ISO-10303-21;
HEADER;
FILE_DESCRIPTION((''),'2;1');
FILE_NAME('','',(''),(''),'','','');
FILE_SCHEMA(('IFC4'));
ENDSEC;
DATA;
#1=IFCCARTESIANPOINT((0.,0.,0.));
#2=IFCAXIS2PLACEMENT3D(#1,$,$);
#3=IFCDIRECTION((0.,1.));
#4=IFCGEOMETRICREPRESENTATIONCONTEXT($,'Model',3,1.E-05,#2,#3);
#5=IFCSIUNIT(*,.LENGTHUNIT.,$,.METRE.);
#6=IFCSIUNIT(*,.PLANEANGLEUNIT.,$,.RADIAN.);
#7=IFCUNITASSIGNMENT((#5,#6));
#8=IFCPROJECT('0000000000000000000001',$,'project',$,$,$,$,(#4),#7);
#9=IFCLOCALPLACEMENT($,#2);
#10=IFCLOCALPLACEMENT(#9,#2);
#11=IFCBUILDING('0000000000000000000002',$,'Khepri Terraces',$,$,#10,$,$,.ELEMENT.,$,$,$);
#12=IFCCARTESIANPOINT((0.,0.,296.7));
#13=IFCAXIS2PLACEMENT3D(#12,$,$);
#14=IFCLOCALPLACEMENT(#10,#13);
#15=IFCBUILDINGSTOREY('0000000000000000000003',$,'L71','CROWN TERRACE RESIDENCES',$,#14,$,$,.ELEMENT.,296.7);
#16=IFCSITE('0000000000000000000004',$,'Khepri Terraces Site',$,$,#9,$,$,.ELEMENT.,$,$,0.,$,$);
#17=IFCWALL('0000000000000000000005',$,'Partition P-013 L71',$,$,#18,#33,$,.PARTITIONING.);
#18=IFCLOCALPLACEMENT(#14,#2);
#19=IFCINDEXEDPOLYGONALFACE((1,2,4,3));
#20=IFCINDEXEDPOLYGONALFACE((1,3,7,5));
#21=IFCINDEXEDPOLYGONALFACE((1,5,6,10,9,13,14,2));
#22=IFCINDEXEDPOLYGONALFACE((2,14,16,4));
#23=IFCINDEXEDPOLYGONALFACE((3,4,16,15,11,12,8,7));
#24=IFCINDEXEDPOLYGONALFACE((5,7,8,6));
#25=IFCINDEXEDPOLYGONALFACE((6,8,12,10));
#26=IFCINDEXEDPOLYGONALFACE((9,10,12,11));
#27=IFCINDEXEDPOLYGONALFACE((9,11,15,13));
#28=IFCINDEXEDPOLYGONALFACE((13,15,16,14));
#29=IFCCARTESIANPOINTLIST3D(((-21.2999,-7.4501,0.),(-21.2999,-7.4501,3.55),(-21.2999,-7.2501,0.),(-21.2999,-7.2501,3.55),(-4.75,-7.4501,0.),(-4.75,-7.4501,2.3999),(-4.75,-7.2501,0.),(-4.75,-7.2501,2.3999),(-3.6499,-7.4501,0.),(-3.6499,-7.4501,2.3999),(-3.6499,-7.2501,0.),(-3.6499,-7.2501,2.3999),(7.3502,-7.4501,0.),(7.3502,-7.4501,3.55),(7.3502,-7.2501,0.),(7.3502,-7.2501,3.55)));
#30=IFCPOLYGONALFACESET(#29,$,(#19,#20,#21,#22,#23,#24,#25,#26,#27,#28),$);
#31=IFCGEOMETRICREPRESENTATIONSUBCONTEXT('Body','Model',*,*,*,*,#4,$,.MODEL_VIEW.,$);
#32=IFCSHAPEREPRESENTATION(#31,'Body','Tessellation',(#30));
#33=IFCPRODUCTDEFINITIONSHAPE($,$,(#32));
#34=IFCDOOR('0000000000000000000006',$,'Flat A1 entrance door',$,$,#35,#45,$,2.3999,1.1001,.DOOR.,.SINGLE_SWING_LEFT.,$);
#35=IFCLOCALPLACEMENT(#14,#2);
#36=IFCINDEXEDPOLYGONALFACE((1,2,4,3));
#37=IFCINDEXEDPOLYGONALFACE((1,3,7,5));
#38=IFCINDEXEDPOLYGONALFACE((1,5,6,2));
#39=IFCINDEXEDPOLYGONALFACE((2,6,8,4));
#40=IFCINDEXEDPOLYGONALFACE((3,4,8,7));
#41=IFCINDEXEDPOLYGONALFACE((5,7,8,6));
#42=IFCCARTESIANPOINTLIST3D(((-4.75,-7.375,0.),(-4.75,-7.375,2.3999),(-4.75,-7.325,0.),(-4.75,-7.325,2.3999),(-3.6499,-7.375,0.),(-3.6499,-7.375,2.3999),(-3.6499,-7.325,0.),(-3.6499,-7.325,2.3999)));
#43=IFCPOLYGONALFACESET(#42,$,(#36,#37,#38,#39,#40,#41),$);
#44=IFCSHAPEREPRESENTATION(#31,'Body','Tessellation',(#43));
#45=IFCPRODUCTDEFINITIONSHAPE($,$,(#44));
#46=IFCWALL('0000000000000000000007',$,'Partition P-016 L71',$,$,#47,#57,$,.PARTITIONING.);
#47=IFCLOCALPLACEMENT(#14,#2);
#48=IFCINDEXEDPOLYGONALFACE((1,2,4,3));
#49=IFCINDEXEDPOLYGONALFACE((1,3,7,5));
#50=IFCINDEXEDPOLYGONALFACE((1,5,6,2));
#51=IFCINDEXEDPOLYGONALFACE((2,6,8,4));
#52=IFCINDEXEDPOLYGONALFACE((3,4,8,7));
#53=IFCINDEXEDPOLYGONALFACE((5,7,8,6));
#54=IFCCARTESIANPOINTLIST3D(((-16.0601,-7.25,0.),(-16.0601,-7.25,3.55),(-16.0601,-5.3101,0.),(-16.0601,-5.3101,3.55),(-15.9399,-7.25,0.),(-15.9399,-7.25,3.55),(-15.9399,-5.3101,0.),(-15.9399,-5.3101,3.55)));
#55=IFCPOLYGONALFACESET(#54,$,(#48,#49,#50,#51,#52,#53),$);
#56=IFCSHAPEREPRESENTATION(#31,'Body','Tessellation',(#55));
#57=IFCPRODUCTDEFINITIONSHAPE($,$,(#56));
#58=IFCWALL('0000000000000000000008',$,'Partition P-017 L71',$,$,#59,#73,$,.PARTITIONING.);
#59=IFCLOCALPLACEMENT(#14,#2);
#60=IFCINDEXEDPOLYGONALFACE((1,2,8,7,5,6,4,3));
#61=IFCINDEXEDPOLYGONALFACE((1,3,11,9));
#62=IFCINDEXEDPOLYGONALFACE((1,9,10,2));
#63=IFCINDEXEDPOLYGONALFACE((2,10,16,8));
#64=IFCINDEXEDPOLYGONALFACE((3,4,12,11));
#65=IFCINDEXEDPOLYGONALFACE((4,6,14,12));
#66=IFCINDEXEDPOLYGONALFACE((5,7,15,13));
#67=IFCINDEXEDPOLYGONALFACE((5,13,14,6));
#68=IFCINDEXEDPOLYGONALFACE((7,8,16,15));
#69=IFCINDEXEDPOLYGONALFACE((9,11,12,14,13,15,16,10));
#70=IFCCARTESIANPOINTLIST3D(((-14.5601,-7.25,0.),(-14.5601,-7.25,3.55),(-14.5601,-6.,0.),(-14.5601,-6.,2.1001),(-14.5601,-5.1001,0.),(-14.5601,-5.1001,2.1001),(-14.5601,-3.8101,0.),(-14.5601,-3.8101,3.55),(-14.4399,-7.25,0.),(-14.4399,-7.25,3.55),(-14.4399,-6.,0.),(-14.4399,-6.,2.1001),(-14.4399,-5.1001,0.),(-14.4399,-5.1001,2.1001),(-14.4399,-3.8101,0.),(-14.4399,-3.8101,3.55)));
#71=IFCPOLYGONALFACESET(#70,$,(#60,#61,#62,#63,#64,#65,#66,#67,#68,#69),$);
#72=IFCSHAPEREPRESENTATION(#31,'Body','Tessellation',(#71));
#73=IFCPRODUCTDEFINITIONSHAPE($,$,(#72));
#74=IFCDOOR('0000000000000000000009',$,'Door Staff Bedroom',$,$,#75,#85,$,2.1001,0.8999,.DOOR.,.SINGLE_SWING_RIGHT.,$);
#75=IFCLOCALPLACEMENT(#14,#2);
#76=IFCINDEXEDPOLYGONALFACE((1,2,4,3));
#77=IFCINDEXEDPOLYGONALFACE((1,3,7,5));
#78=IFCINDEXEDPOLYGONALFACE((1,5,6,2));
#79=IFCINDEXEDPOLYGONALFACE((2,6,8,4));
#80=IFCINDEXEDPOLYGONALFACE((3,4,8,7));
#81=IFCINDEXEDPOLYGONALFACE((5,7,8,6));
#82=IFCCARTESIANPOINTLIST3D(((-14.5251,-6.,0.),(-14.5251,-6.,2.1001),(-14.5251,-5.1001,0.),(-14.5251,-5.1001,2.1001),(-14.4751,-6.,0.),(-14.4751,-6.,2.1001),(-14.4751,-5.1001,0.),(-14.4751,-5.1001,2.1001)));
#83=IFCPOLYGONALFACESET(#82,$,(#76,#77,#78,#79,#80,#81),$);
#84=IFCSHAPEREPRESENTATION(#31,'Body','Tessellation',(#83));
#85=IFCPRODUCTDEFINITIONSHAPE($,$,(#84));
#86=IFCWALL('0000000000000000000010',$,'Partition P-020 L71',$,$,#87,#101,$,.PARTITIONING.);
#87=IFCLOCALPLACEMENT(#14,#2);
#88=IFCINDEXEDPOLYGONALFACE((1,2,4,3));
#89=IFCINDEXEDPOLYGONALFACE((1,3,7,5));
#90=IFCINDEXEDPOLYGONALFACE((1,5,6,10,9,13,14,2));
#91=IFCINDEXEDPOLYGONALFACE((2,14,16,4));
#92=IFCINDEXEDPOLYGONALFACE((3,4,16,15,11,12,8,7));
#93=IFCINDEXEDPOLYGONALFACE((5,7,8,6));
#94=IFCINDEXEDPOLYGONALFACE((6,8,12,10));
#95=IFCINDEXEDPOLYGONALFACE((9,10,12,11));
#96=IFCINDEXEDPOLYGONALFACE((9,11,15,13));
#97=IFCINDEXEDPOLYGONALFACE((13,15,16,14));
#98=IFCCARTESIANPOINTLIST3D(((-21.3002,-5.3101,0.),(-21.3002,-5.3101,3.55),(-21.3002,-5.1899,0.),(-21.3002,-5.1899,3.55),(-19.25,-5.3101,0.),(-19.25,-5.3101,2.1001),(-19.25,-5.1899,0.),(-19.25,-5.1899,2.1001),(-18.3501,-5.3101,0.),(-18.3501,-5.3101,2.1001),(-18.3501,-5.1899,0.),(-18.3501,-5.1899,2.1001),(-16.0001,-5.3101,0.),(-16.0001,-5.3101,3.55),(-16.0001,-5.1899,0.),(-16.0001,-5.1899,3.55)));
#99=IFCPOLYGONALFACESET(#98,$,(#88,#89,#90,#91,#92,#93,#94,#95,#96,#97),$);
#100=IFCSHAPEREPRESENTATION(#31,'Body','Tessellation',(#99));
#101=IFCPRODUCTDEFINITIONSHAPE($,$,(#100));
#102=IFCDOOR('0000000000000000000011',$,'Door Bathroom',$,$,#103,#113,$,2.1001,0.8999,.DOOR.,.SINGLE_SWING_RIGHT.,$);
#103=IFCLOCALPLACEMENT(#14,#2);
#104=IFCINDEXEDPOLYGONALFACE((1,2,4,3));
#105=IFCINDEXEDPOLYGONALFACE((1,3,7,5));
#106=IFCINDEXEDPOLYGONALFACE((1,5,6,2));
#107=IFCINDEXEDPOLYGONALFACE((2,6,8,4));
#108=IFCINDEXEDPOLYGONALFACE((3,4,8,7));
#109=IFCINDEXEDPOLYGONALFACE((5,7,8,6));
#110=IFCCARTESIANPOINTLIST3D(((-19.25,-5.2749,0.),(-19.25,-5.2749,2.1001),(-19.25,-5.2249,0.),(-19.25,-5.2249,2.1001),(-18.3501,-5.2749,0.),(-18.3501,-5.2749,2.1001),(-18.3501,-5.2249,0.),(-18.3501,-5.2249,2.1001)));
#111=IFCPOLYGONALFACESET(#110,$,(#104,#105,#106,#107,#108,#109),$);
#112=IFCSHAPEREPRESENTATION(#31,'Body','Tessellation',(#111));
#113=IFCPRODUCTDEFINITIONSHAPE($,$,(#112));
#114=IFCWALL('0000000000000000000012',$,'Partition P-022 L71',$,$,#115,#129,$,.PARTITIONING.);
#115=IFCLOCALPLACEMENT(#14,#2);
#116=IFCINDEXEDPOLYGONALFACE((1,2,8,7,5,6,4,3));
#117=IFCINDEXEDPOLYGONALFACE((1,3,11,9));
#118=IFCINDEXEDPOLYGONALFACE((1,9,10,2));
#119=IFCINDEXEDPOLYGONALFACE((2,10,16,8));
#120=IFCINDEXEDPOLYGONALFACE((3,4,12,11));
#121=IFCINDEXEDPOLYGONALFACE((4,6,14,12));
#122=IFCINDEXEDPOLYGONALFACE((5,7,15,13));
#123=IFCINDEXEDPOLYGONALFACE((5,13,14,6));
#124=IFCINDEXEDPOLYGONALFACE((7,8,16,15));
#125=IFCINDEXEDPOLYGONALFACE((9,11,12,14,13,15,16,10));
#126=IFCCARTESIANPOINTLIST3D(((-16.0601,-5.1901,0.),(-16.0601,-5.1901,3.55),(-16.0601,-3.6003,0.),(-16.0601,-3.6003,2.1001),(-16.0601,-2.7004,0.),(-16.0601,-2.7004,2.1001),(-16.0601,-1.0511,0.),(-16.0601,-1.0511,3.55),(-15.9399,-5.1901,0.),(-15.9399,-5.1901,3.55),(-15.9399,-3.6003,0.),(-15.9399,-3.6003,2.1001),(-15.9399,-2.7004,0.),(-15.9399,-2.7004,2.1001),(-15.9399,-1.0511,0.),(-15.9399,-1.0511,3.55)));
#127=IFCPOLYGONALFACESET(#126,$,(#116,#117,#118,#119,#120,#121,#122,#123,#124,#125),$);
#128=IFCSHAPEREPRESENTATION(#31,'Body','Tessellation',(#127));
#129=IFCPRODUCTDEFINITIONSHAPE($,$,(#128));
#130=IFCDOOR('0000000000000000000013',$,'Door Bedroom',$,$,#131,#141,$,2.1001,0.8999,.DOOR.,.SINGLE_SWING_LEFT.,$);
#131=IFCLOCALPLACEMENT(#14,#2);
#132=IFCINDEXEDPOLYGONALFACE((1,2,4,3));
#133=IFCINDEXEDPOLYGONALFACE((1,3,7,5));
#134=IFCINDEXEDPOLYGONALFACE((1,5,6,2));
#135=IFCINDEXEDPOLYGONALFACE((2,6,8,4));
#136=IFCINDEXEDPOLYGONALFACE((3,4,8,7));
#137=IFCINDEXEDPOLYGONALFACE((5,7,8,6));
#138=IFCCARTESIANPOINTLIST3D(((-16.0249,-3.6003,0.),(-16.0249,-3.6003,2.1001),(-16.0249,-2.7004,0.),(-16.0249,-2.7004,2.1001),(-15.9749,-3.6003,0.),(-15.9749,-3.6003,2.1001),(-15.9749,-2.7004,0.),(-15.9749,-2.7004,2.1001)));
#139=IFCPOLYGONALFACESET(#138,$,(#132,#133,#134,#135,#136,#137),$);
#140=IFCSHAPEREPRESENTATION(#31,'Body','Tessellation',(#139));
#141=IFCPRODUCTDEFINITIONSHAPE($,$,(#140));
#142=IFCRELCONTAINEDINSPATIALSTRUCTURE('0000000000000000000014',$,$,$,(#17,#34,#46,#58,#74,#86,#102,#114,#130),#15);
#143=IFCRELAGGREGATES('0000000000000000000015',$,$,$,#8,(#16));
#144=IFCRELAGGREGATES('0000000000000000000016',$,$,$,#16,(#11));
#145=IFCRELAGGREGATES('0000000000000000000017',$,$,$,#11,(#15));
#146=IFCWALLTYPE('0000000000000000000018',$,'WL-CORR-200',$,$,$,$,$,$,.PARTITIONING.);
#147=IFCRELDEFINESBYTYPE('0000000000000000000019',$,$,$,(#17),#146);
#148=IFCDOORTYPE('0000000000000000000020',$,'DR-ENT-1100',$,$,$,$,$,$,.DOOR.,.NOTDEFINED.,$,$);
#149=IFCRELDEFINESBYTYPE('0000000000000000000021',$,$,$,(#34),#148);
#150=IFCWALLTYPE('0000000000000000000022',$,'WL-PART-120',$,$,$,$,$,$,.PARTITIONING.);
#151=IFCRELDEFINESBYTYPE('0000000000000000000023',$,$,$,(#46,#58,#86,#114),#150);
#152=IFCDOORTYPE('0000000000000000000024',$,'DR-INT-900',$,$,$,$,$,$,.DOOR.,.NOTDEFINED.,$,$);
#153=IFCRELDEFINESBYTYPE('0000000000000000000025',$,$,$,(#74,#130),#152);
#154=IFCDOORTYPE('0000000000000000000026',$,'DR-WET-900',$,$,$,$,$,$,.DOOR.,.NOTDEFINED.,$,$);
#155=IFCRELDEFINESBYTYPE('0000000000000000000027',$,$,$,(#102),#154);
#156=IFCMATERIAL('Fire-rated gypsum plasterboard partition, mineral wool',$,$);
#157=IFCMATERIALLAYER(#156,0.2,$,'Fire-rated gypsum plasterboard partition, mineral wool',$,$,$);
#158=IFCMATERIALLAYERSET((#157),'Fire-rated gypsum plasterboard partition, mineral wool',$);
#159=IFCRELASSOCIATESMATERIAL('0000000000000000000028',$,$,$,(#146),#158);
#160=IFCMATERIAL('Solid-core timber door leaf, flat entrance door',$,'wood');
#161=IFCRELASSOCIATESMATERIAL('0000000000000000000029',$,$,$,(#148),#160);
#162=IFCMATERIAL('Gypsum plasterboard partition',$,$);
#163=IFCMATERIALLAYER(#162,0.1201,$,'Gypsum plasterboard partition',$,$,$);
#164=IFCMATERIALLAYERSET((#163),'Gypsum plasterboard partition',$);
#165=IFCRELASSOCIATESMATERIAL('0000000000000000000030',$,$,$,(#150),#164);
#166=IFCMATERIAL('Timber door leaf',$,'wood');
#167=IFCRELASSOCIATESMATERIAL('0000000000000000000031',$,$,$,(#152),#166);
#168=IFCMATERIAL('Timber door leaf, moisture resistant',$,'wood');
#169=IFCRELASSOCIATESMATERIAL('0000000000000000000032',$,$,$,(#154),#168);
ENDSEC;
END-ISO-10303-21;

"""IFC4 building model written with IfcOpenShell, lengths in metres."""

from ifc_helpers import new_model, si_unit, direction, frame, frame_2d, origin, place, context, subcontext, project, spatial, rectangle, extrude, material, layer, layer_set, type_object, element, fill, save


model = new_model("IFC4")

# Units and contexts
model_context = context("Model", 3, precision=1e-05, world=origin(), true_north=direction((0.0, 1.0)))
body_context = subcontext(model_context, "Body", "Model", "MODEL_VIEW")
ifc_project = project(units=[si_unit("LENGTHUNIT", "METRE"), si_unit("PLANEANGLEUNIT", "RADIAN")], contexts=[model_context])

# Site, building, storey
site_placement = place(None, origin())
site = spatial("IfcSite", under=ifc_project, at=site_placement, Name="Khepri Terraces Site", CompositionType="ELEMENT", RefElevation=0.0)
building_placement = place(site_placement, origin())
building = spatial("IfcBuilding", under=site, at=building_placement, Name="Khepri Terraces", CompositionType="ELEMENT")
storey_placement = place(building_placement, frame((0.0, 0.0, 296.7)))
storey = spatial("IfcBuildingStorey", under=building, at=storey_placement, Name="L71", Description="CROWN TERRACE RESIDENCES", CompositionType="ELEMENT", Elevation=296.7)

# Wall, opening, door
ifc_material_1 = material(Name="Fire-rated gypsum plasterboard partition, mineral wool")
ifc_layer_1 = layer(ifc_material_1, 0.2, Name="Fire-rated gypsum plasterboard partition, mineral wool")
ifc_layer_set_1 = layer_set([ifc_layer_1], Name="Fire-rated gypsum plasterboard partition, mineral wool")
wall_type_1 = type_object("IfcWallType", Name="WL-CORR-200", PredefinedType="PARTITIONING", material=ifc_layer_set_1)
wall_1_placement = place(storey_placement, frame((-21.3, -7.3501, 0.0), z_axis=(0.0, 0.0, 1.0), x_axis=(1.0, 0.0, 0.0)))
wall_1 = element("IfcWall", 1, at=wall_1_placement, inside=storey, type_object=wall_type_1, Name="Partition P-013 L71", PredefinedType="PARTITIONING", context=body_context, shape_type="SweptSolid", body=[
    extrude(rectangle(XDim=28.6501, YDim=0.2, at=frame_2d((14.3252, 0.0))), origin(), (0.0, 0.0, 1.0), 3.55),
])
opening_1_placement = place(wall_1_placement, frame((16.55, 0.0, 0.0)))
opening_1 = element("IfcOpeningElement", 2, at=opening_1_placement, cuts=wall_1, PredefinedType="OPENING", context=body_context, shape_type="SweptSolid", body=[
    extrude(rectangle(XDim=1.1001, YDim=2.3999, at=frame_2d((0.55, 1.2))), frame((0.0, 0.1099, 0.0), z_axis=(0.0, -1.0, 0.0), x_axis=(1.0, 0.0, 0.0)), (0.0, 0.0, 1.0), 0.22),
])
ifc_material_2 = material(Name="Solid-core timber door leaf, flat entrance door", Category="wood")
door_type_1 = type_object("IfcDoorType", Name="DR-ENT-1100", OperationType="NOTDEFINED", PredefinedType="DOOR", material=ifc_material_2)
door_1_placement = place(opening_1_placement, frame((1.1001, 0.0, 0.0), z_axis=(0.0, 0.0, 1.0), x_axis=(-1.0, 0.0, 0.0)))
door_1 = element("IfcDoor", 3, at=door_1_placement, inside=storey, type_object=door_type_1, Name="Flat A1 entrance door", OperationType="SINGLE_SWING_LEFT", OverallHeight=2.3999, OverallWidth=1.1001, PredefinedType="DOOR", context=body_context, shape_type="SweptSolid", body=[
    extrude(rectangle(XDim=1.1001, YDim=2.3999, at=frame_2d((0.55, 1.2))), frame((0.0, 0.0249, 0.0), z_axis=(0.0, -1.0, 0.0), x_axis=(1.0, 0.0, 0.0)), (0.0, 0.0, 1.0), 0.05),
])
fill(opening_1, door_1)

# Wall
ifc_material_3 = material(Name="Gypsum plasterboard partition")
ifc_layer_2 = layer(ifc_material_3, 0.1201, Name="Gypsum plasterboard partition")
ifc_layer_set_2 = layer_set([ifc_layer_2], Name="Gypsum plasterboard partition")
wall_type_2 = type_object("IfcWallType", Name="WL-PART-120", PredefinedType="PARTITIONING", material=ifc_layer_set_2)
wall_2_placement = place(storey_placement, frame((-16.0, -7.25, 0.0), z_axis=(0.0, 0.0, 1.0), x_axis=(0.0, 1.0, 0.0)))
element("IfcWall", 4, at=wall_2_placement, inside=storey, type_object=wall_type_2, Name="Partition P-016 L71", PredefinedType="PARTITIONING", context=body_context, shape_type="SweptSolid", body=[
    extrude(rectangle(XDim=1.9399, YDim=0.1201, at=frame_2d((0.97, 0.0))), origin(), (0.0, 0.0, 1.0), 3.55),
])

# Walls, openings, doors
wall_3_placement = place(storey_placement, frame((-14.5, -7.25, 0.0), z_axis=(0.0, 0.0, 1.0), x_axis=(0.0, 1.0, 0.0)))
wall_3 = element("IfcWall", 5, at=wall_3_placement, inside=storey, type_object=wall_type_2, Name="Partition P-017 L71", PredefinedType="PARTITIONING", context=body_context, shape_type="SweptSolid", body=[
    extrude(rectangle(XDim=3.4399, YDim=0.1201, at=frame_2d((1.72, 0.0))), origin(), (0.0, 0.0, 1.0), 3.55),
])
opening_2_placement = place(wall_3_placement, frame((1.25, 0.0, 0.0)))
opening_2 = element("IfcOpeningElement", 6, at=opening_2_placement, cuts=wall_3, PredefinedType="OPENING", context=body_context, shape_type="SweptSolid", body=[
    extrude(rectangle(XDim=0.8999, YDim=2.1001, at=frame_2d((0.45, 1.05))), frame((0.0, 0.0701, 0.0), z_axis=(0.0, -1.0, 0.0), x_axis=(1.0, 0.0, 0.0)), (0.0, 0.0, 1.0), 0.1401),
])
ifc_material_4 = material(Name="Timber door leaf", Category="wood")
door_type_2 = type_object("IfcDoorType", Name="DR-INT-900", OperationType="NOTDEFINED", PredefinedType="DOOR", material=ifc_material_4)
door_2_placement = place(opening_2_placement, frame((0.8999, 0.0, 0.0), z_axis=(0.0, 0.0, 1.0), x_axis=(-1.0, 0.0, 0.0)))
door_2 = element("IfcDoor", 7, at=door_2_placement, inside=storey, type_object=door_type_2, Name="Door Staff Bedroom", OperationType="SINGLE_SWING_RIGHT", OverallHeight=2.1001, OverallWidth=0.8999, PredefinedType="DOOR", context=body_context, shape_type="SweptSolid", body=[
    extrude(rectangle(XDim=0.8999, YDim=2.1001, at=frame_2d((0.45, 1.05))), frame((0.0, 0.0249, 0.0), z_axis=(0.0, -1.0, 0.0), x_axis=(1.0, 0.0, 0.0)), (0.0, 0.0, 1.0), 0.05),
])
fill(opening_2, door_2)
wall_4_placement = place(storey_placement, frame((-21.3, -5.25, 0.0), z_axis=(0.0, 0.0, 1.0), x_axis=(1.0, 0.0, 0.0)))
wall_4 = element("IfcWall", 8, at=wall_4_placement, inside=storey, type_object=wall_type_2, Name="Partition P-020 L71", PredefinedType="PARTITIONING", context=body_context, shape_type="SweptSolid", body=[
    extrude(rectangle(XDim=5.3, YDim=0.1201, at=frame_2d((2.6499, 0.0))), origin(), (0.0, 0.0, 1.0), 3.55),
])
opening_3_placement = place(wall_4_placement, frame((2.05, 0.0, 0.0)))
opening_3 = element("IfcOpeningElement", 9, at=opening_3_placement, cuts=wall_4, PredefinedType="OPENING", context=body_context, shape_type="SweptSolid", body=[
    extrude(rectangle(XDim=0.8999, YDim=2.1001, at=frame_2d((0.45, 1.05))), frame((0.0, 0.0701, 0.0), z_axis=(0.0, -1.0, 0.0), x_axis=(1.0, 0.0, 0.0)), (0.0, 0.0, 1.0), 0.1401),
])
ifc_material_5 = material(Name="Timber door leaf, moisture resistant", Category="wood")
door_type_3 = type_object("IfcDoorType", Name="DR-WET-900", OperationType="NOTDEFINED", PredefinedType="DOOR", material=ifc_material_5)
door_3_placement = place(opening_3_placement, frame((0.8999, 0.0, 0.0), z_axis=(0.0, 0.0, 1.0), x_axis=(-1.0, 0.0, 0.0)))
door_3 = element("IfcDoor", 10, at=door_3_placement, inside=storey, type_object=door_type_3, Name="Door Bathroom", OperationType="SINGLE_SWING_RIGHT", OverallHeight=2.1001, OverallWidth=0.8999, PredefinedType="DOOR", context=body_context, shape_type="SweptSolid", body=[
    extrude(rectangle(XDim=0.8999, YDim=2.1001, at=frame_2d((0.45, 1.05))), frame((0.0, 0.0249, 0.0), z_axis=(0.0, -1.0, 0.0), x_axis=(1.0, 0.0, 0.0)), (0.0, 0.0, 1.0), 0.05),
])
fill(opening_3, door_3)
wall_5_placement = place(storey_placement, frame((-16.0, -5.1899, 0.0), z_axis=(0.0, 0.0, 1.0), x_axis=(0.0, 1.0, 0.0)))
wall_5 = element("IfcWall", 11, at=wall_5_placement, inside=storey, type_object=wall_type_2, Name="Partition P-022 L71", PredefinedType="PARTITIONING", context=body_context, shape_type="SweptSolid", body=[
    extrude(rectangle(XDim=4.1389, YDim=0.1201, at=frame_2d((2.0693, 0.0))), origin(), (0.0, 0.0, 1.0), 3.55),
])
opening_4_placement = place(wall_5_placement, frame((1.5896, 0.0, 0.0)))
opening_4 = element("IfcOpeningElement", 12, at=opening_4_placement, cuts=wall_5, PredefinedType="OPENING", context=body_context, shape_type="SweptSolid", body=[
    extrude(rectangle(XDim=0.8999, YDim=2.1001, at=frame_2d((0.45, 1.05))), frame((0.0, 0.0701, 0.0), z_axis=(0.0, -1.0, 0.0), x_axis=(1.0, 0.0, 0.0)), (0.0, 0.0, 1.0), 0.1401),
])
door_4_placement = place(opening_4_placement, origin())
door_4 = element("IfcDoor", 13, at=door_4_placement, inside=storey, type_object=door_type_2, Name="Door Bedroom", OperationType="SINGLE_SWING_LEFT", OverallHeight=2.1001, OverallWidth=0.8999, PredefinedType="DOOR", context=body_context, shape_type="SweptSolid", body=[
    extrude(rectangle(XDim=0.8999, YDim=2.1001, at=frame_2d((0.45, 1.05))), frame((0.0, 0.0249, 0.0), z_axis=(0.0, -1.0, 0.0), x_axis=(1.0, 0.0, 0.0)), (0.0, 0.0, 1.0), 0.05),
])
fill(opening_4, door_4)

save(model, "model.ifc")
